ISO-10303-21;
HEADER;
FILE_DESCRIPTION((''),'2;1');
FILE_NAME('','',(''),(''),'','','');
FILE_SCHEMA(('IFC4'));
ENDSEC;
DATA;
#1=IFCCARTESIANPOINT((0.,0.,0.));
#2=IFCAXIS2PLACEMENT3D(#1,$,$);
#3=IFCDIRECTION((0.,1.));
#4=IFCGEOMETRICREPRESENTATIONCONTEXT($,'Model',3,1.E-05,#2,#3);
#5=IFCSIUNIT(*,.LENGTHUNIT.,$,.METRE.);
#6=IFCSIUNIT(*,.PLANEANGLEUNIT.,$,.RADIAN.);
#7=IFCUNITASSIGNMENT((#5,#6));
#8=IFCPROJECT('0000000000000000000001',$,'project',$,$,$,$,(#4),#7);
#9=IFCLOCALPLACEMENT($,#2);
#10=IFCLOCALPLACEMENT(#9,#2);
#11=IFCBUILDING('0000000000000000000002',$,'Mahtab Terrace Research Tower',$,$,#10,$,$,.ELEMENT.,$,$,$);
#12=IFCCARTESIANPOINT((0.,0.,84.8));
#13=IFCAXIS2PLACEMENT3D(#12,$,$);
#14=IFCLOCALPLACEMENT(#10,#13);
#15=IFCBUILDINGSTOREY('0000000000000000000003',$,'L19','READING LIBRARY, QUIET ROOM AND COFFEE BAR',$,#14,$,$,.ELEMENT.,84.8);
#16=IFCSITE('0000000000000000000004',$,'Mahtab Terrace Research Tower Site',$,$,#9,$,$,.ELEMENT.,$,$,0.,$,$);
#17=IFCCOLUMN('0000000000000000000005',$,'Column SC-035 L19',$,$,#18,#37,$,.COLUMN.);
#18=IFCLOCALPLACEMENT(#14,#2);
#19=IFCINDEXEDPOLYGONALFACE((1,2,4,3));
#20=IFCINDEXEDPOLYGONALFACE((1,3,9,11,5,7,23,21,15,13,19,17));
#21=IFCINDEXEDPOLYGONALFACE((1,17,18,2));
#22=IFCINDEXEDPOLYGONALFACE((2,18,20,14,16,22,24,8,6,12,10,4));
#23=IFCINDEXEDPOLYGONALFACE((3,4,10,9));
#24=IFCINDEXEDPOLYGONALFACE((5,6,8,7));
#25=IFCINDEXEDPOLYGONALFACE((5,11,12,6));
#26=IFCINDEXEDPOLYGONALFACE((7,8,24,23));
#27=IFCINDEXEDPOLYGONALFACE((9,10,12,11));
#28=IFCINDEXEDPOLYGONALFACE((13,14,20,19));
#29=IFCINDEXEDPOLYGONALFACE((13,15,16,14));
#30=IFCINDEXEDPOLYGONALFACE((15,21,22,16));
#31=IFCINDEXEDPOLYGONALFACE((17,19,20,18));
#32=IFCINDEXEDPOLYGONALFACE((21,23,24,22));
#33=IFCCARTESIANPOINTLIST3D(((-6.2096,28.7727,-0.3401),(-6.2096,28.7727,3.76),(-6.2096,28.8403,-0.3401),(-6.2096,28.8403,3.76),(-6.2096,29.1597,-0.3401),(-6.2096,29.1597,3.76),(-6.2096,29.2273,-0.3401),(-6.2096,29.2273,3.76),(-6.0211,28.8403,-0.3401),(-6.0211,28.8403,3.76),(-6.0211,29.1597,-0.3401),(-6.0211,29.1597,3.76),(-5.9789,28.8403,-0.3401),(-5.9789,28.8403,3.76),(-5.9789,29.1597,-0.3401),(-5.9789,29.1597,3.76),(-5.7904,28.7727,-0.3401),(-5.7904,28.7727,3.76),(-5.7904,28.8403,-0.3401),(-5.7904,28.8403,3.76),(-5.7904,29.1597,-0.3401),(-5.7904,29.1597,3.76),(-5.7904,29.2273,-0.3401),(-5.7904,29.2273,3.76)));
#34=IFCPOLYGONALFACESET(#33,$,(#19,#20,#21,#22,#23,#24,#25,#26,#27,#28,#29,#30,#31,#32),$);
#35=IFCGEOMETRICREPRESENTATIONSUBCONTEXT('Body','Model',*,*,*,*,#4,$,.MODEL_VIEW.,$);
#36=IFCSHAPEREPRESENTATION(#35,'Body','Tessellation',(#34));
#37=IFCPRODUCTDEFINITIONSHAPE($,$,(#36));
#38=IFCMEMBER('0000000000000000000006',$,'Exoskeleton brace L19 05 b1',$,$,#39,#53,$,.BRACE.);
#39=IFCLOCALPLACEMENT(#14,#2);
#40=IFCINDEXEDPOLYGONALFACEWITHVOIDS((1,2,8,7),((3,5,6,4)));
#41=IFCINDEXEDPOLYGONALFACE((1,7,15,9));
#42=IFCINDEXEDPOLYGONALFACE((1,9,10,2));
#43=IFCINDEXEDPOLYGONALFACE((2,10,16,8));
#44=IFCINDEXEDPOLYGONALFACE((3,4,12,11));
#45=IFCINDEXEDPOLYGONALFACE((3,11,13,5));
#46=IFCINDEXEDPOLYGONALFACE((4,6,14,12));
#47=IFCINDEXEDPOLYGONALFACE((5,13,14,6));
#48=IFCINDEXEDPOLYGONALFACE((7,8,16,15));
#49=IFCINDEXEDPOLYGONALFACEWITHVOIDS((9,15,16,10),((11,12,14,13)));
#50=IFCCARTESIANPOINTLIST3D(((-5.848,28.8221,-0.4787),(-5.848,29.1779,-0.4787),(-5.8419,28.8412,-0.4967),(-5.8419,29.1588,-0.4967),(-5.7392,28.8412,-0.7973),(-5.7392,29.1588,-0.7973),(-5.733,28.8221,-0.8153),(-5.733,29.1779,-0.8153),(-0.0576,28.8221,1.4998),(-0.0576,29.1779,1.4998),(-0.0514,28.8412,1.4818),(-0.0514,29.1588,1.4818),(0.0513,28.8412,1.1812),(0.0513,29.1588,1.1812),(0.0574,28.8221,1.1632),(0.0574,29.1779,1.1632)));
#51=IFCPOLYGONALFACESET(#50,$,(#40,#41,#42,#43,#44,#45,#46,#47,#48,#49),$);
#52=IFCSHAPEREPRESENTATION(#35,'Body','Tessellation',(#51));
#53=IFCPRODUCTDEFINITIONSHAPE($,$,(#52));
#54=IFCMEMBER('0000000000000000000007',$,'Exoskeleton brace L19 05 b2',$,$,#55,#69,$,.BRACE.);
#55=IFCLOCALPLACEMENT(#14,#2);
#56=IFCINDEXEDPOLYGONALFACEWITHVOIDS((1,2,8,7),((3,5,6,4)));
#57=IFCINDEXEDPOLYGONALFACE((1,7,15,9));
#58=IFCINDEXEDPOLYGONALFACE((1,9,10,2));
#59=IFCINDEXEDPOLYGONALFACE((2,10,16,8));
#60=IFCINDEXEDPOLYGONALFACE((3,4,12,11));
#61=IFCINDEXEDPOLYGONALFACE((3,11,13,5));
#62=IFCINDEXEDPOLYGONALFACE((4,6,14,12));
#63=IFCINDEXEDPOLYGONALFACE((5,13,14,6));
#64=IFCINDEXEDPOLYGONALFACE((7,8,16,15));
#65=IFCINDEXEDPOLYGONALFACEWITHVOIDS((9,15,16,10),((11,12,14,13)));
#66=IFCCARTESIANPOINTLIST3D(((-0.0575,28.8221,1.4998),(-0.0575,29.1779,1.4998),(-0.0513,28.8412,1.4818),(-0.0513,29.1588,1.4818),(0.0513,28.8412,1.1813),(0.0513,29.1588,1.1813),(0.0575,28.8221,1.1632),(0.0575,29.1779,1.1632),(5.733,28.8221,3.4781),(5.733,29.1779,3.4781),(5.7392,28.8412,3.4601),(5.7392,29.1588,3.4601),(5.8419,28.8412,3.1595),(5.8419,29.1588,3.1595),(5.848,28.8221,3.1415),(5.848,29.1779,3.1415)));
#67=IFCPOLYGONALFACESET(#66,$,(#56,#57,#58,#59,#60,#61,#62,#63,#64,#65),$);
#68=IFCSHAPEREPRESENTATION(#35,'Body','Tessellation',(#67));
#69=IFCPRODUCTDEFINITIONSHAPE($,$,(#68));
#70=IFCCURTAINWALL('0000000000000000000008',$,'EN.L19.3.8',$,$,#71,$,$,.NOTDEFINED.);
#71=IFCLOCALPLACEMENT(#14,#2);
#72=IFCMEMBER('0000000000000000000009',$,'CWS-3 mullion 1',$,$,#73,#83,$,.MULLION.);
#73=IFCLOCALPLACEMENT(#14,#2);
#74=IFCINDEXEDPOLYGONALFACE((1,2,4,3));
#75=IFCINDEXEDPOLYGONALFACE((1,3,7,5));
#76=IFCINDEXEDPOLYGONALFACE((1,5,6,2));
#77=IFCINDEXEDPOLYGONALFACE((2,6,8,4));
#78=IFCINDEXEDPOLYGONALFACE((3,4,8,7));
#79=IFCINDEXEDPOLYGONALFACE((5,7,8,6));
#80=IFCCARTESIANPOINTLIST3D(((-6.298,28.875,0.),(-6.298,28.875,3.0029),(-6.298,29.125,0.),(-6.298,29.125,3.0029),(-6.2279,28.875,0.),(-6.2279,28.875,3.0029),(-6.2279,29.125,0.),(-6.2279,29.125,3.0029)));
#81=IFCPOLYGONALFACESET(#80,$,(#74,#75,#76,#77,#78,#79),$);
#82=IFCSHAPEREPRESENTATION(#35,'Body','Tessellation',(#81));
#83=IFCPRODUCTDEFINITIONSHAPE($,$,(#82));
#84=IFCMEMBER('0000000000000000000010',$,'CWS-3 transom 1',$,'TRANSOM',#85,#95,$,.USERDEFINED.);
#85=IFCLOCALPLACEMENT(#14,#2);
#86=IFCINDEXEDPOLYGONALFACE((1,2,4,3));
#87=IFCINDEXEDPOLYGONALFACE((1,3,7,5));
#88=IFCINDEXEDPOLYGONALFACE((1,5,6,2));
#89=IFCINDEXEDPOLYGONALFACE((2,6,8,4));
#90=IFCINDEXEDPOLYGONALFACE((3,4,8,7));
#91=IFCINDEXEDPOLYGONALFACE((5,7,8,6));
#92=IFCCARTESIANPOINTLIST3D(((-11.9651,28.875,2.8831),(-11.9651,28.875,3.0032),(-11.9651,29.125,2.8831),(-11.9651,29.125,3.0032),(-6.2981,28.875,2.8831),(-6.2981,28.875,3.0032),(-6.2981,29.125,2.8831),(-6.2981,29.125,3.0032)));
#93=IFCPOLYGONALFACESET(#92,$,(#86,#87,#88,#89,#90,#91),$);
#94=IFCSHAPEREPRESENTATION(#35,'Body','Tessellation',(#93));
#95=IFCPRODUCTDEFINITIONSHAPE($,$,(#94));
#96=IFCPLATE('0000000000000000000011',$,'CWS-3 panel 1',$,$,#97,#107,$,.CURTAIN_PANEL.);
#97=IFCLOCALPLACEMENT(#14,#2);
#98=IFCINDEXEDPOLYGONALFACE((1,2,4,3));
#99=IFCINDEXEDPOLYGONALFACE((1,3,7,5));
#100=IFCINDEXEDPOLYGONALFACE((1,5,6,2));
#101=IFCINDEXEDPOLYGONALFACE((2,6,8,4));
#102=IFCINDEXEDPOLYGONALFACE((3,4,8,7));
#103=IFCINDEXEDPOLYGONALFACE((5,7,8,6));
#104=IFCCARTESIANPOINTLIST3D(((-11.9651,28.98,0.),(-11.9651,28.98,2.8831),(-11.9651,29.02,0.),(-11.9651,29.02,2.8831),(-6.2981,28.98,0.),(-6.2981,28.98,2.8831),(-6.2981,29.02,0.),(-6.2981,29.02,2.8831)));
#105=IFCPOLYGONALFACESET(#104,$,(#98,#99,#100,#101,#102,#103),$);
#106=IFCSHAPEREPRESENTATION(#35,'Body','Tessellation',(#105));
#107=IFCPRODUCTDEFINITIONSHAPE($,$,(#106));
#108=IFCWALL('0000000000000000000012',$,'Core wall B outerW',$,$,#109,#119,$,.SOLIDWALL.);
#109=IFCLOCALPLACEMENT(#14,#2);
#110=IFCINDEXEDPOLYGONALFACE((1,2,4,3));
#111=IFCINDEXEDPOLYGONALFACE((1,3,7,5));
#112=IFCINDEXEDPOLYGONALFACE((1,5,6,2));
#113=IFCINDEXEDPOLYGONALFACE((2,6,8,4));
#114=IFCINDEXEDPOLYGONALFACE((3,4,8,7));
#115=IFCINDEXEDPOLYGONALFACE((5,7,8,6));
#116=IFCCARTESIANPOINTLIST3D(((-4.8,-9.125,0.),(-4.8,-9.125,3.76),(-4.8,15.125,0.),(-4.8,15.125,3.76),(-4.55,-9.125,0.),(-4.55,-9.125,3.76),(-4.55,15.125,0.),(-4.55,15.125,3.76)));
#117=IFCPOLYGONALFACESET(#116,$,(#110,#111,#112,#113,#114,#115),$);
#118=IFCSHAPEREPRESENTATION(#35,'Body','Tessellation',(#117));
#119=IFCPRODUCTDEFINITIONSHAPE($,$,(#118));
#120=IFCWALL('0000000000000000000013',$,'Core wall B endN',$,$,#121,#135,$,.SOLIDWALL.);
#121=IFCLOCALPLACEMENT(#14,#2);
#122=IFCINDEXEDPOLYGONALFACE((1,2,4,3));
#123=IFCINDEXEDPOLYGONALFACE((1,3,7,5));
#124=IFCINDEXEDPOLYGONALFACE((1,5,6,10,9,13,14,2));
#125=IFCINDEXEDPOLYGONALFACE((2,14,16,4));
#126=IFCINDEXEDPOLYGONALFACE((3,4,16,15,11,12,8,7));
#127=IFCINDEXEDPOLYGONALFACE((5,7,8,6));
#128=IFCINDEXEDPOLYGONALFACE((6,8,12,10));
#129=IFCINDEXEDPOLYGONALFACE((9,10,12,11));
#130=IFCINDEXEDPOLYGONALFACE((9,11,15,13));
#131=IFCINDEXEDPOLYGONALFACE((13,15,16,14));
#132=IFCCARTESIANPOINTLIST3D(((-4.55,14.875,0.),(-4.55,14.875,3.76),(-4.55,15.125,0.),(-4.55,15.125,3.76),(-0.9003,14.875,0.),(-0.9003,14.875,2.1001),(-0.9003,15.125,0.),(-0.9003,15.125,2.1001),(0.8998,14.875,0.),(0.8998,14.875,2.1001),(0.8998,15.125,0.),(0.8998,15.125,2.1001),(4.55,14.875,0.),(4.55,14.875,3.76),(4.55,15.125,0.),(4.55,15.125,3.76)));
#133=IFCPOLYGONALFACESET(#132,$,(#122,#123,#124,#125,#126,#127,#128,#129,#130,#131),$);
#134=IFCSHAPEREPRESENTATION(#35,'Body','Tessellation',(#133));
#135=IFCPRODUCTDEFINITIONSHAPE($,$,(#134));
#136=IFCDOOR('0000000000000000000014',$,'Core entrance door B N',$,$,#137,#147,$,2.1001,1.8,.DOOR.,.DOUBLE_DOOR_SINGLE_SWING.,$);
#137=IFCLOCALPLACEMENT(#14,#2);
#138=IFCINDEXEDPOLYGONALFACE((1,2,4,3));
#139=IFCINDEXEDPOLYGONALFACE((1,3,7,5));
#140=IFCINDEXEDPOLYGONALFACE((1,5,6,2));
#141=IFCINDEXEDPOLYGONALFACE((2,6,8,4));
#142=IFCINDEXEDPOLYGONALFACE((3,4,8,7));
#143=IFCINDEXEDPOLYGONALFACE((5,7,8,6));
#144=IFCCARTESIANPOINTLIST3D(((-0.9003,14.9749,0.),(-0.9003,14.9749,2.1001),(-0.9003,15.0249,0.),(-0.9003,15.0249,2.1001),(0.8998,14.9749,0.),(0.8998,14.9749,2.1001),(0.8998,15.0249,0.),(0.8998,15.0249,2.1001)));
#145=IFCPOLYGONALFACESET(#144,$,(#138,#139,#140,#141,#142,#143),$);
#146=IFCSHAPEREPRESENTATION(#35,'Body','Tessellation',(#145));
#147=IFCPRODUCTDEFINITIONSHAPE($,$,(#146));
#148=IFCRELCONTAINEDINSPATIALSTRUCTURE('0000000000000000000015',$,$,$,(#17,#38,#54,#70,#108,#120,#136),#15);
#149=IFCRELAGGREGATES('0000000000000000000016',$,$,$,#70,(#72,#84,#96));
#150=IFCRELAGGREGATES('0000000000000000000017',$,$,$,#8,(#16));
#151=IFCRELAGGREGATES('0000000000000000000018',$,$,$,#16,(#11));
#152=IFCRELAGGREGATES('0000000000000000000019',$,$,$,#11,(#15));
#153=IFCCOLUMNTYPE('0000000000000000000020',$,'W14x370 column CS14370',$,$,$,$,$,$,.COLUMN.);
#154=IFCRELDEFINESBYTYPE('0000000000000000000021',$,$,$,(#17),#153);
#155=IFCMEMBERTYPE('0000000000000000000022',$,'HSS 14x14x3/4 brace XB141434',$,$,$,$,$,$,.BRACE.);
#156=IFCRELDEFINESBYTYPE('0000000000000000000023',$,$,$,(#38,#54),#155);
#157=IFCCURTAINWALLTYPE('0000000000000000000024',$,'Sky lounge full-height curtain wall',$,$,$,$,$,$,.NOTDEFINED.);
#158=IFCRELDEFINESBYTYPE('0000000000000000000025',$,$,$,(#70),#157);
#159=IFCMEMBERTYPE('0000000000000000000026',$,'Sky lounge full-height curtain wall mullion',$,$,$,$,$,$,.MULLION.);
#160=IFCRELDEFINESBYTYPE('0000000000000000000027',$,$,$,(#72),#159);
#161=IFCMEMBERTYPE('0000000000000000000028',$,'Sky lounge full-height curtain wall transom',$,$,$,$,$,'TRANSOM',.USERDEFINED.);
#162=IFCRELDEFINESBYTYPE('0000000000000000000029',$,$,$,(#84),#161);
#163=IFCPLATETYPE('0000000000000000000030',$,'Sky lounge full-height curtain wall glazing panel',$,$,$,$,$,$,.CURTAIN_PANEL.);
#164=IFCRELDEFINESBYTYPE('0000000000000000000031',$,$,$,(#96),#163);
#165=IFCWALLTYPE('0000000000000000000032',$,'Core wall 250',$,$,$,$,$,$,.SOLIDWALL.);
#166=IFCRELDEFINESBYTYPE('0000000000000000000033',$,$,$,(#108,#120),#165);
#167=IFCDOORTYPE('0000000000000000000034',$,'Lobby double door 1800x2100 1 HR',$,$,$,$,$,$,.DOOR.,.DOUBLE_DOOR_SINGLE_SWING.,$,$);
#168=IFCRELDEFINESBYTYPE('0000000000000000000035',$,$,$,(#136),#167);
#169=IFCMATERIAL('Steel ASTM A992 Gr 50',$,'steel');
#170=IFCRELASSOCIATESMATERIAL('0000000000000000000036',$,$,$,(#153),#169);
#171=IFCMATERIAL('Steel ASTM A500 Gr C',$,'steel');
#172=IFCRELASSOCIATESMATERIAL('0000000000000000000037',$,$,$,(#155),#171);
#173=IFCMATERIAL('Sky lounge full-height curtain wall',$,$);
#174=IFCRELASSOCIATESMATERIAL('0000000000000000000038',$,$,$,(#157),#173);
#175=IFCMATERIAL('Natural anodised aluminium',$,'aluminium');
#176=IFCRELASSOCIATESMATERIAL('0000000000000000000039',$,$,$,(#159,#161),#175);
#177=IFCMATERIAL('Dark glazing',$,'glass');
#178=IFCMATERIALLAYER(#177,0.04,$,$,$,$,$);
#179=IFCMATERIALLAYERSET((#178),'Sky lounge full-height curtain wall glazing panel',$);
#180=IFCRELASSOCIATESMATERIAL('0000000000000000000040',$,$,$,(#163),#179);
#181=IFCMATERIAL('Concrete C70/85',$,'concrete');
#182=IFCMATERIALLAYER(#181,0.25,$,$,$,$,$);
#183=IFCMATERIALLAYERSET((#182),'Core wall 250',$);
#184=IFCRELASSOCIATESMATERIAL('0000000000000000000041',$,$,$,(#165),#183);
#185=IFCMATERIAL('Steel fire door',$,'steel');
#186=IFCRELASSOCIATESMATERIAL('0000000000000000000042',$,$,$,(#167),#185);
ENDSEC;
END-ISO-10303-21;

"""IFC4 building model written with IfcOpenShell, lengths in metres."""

from ifc_helpers import new_model, si_unit, direction, frame, frame_2d, origin, origin_2d, place, context, subcontext, project, spatial, rectangle, hollow_rectangle, i_section, extrude, material, layer, layer_set, material_profile, profile_set, type_object, element, fill, aggregate, save


model = new_model("IFC4")

# Units and contexts
model_context = context("Model", 3, precision=1e-05, world=origin(), true_north=direction((0.0, 1.0)))
body_context = subcontext(model_context, "Body", "Model", "MODEL_VIEW")
ifc_project = project(units=[si_unit("LENGTHUNIT", "METRE"), si_unit("PLANEANGLEUNIT", "RADIAN")], contexts=[model_context])

# Site, building, storey
site_placement = place(None, origin())
site = spatial("IfcSite", under=ifc_project, at=site_placement, Name="Mahtab Terrace Research Tower Site", CompositionType="ELEMENT", RefElevation=0.0)
building_placement = place(site_placement, origin())
building = spatial("IfcBuilding", under=site, at=building_placement, Name="Mahtab Terrace Research Tower", CompositionType="ELEMENT")
storey_placement = place(building_placement, frame((0.0, 0.0, 84.8)))
storey = spatial("IfcBuildingStorey", under=building, at=storey_placement, Name="L19", Description="READING LIBRARY, QUIET ROOM AND COFFEE BAR", CompositionType="ELEMENT", Elevation=84.8)

# Column
ifc_material_1 = material(Name="Steel ASTM A992 Gr 50", Category="steel")
ifc_material_profile_1 = material_profile(ifc_material_1, i_section(OverallWidth=0.4192, OverallDepth=0.4546, WebThickness=0.0422, FlangeThickness=0.0676, at=origin_2d()), Name="W14X370")
ifc_profile_set_1 = profile_set([ifc_material_profile_1], Name="Steel ASTM A992 Gr 50")
column_type = type_object("IfcColumnType", Name="W14x370 column CS14370", PredefinedType="COLUMN", material=ifc_profile_set_1)
column_placement = place(storey_placement, frame((-6.0, 29.0, -0.3401), z_axis=(0.0, 0.0, 1.0), x_axis=(1.0, 0.0, 0.0)))
element("IfcColumn", 1, at=column_placement, inside=storey, type_object=column_type, Name="Column SC-035 L19", PredefinedType="COLUMN", context=body_context, shape_type="SweptSolid", body=[
    extrude(i_section(OverallWidth=0.4192, OverallDepth=0.4546, WebThickness=0.0422, FlangeThickness=0.0676, at=origin_2d()), origin(), (0.0, 0.0, 1.0), 4.1001),
])

# Members
ifc_material_2 = material(Name="Steel ASTM A500 Gr C", Category="steel")
ifc_material_profile_2 = material_profile(ifc_material_2, hollow_rectangle(XDim=0.3557, YDim=0.3557, WallThickness=0.019, at=origin_2d()), Name="HSS14X14X3/4")
ifc_profile_set_2 = profile_set([ifc_material_profile_2], Name="Steel ASTM A500 Gr C")
member_type_1 = type_object("IfcMemberType", Name="HSS 14x14x3/4 brace XB141434", PredefinedType="BRACE", material=ifc_profile_set_2)
for number, where, z_axis, x_axis, name in (
    (2, (-5.7905, 29.0, -0.647), (0.946287, 0.0, 0.323329), (0.0, 1.0, 0.0), "Exoskeleton brace L19 05 b1"),
    (3, (0.0, 29.0, 1.3315), (0.946299, 0.0, 0.323293), (0.0, 1.0, 0.0), "Exoskeleton brace L19 05 b2"),
):
    element("IfcMember", number, at=place(storey_placement, frame(where, z_axis=z_axis, x_axis=x_axis)), inside=storey, type_object=member_type_1, Name=name, PredefinedType="BRACE", context=body_context, shape_type="SweptSolid", body=[
        extrude(hollow_rectangle(XDim=0.3557, YDim=0.3557, WallThickness=0.019, at=origin_2d()), origin(), (0.0, 0.0, 1.0), 6.1191),
    ])

# Curtain wall, members, plate
ifc_material_3 = material(Name="Sky lounge full-height curtain wall")
curtain_wall_type = type_object("IfcCurtainWallType", Name="Sky lounge full-height curtain wall", PredefinedType="NOTDEFINED", material=ifc_material_3)
curtain_wall_placement = place(storey_placement, origin())
curtain_wall = element("IfcCurtainWall", 4, at=curtain_wall_placement, inside=storey, type_object=curtain_wall_type, Name="EN.L19.3.8", PredefinedType="NOTDEFINED")
ifc_material_4 = material(Name="Natural anodised aluminium", Category="aluminium")
ifc_material_profile_3 = material_profile(ifc_material_4, rectangle(XDim=0.25, YDim=0.0701, at=origin_2d()), Name="MULLION 70x250")
ifc_profile_set_3 = profile_set([ifc_material_profile_3], Name="Natural anodised aluminium")
member_type_2 = type_object("IfcMemberType", Name="Sky lounge full-height curtain wall mullion", PredefinedType="MULLION", material=ifc_profile_set_3)
member_1_placement = place(storey_placement, frame((-6.2629, 29.0, 0.0), z_axis=(0.0, 0.0, 1.0), x_axis=(0.0, -1.0, 0.0)))
member_1 = element("IfcMember", 5, at=member_1_placement, type_object=member_type_2, Name="CWS-3 mullion 1", PredefinedType="MULLION", context=body_context, shape_type="SweptSolid", body=[
    extrude(rectangle(XDim=0.25, YDim=0.0701, at=origin_2d()), origin(), (0.0, 0.0, 1.0), 3.0029),
])
ifc_material_profile_4 = material_profile(ifc_material_4, rectangle(XDim=0.25, YDim=0.1201, at=origin_2d()), Name="TRANSOM 120x250")
ifc_profile_set_4 = profile_set([ifc_material_profile_4], Name="Natural anodised aluminium")
member_type_3 = type_object("IfcMemberType", Name="Sky lounge full-height curtain wall transom", ElementType="TRANSOM", PredefinedType="USERDEFINED", material=ifc_profile_set_4)
member_2_placement = place(storey_placement, frame((-6.2981, 29.0, 2.9431), z_axis=(-1.0, 0.0, 0.0), x_axis=(0.0, -1.0, 0.0)))
member_2 = element("IfcMember", 6, at=member_2_placement, type_object=member_type_3, Name="CWS-3 transom 1", ObjectType="TRANSOM", PredefinedType="USERDEFINED", context=body_context, shape_type="SweptSolid", body=[
    extrude(rectangle(XDim=0.25, YDim=0.1201, at=origin_2d()), origin(), (0.0, 0.0, 1.0), 5.667),
])
ifc_material_5 = material(Name="Dark glazing", Category="glass")
ifc_layer_1 = layer(ifc_material_5, 0.04)
ifc_layer_set_1 = layer_set([ifc_layer_1], Name="Sky lounge full-height curtain wall glazing panel")
plate_type = type_object("IfcPlateType", Name="Sky lounge full-height curtain wall glazing panel", PredefinedType="CURTAIN_PANEL", material=ifc_layer_set_1)
plate_placement = place(storey_placement, frame((-9.1316, 29.0, 0.0), z_axis=(0.0, 0.0, 1.0), x_axis=(-1.0, 0.0, 0.0)))
plate = element("IfcPlate", 7, at=plate_placement, type_object=plate_type, Name="CWS-3 panel 1", PredefinedType="CURTAIN_PANEL", context=body_context, shape_type="SweptSolid", body=[
    extrude(rectangle(XDim=5.667, YDim=0.04, at=origin_2d()), origin(), (0.0, 0.0, 1.0), 2.8831),
])
aggregate(curtain_wall, [member_1, member_2, plate])

# Wall
ifc_material_6 = material(Name="Concrete C70/85", Category="concrete")
ifc_layer_2 = layer(ifc_material_6, 0.25)
ifc_layer_set_2 = layer_set([ifc_layer_2], Name="Core wall 250")
wall_type_1 = type_object("IfcWallType", Name="Core wall 250", PredefinedType="SOLIDWALL", material=ifc_layer_set_2)
wall_1_placement = place(storey_placement, frame((-4.675, 15.125, 0.0), z_axis=(0.0, 0.0, 1.0), x_axis=(0.0, -1.0, 0.0)))
element("IfcWall", 8, at=wall_1_placement, inside=storey, type_object=wall_type_1, Name="Core wall B outerW", PredefinedType="SOLIDWALL", context=body_context, shape_type="SweptSolid", body=[
    extrude(rectangle(XDim=24.25, YDim=0.25, at=frame_2d((12.125, 0.0))), origin(), (0.0, 0.0, 1.0), 3.76),
])

# Wall, opening, door
wall_2_placement = place(storey_placement, frame((-4.55, 15.0, 0.0), z_axis=(0.0, 0.0, 1.0), x_axis=(1.0, 0.0, 0.0)))
wall_2 = element("IfcWall", 9, at=wall_2_placement, inside=storey, type_object=wall_type_1, Name="Core wall B endN", PredefinedType="SOLIDWALL", context=body_context, shape_type="SweptSolid", body=[
    extrude(rectangle(XDim=9.1001, YDim=0.25, at=frame_2d((4.55, 0.0))), origin(), (0.0, 0.0, 1.0), 3.76),
])
opening_1_placement = place(wall_2_placement, frame((3.6499, 0.0, 0.0)))
opening_1 = element("IfcOpeningElement", 10, at=opening_1_placement, cuts=wall_2, PredefinedType="OPENING", context=body_context, shape_type="SweptSolid", body=[
    extrude(rectangle(XDim=1.8, YDim=2.1001, at=frame_2d((0.8999, 1.05))), frame((0.0, 0.135, 0.0), z_axis=(0.0, -1.0, 0.0), x_axis=(1.0, 0.0, 0.0)), (0.0, 0.0, 1.0), 0.27),
])
ifc_material_7 = material(Name="Steel fire door", Category="steel")
door_type_1 = type_object("IfcDoorType", Name="Lobby double door 1800x2100 1 HR", OperationType="DOUBLE_DOOR_SINGLE_SWING", PredefinedType="DOOR", material=ifc_material_7)
door_1_placement = place(opening_1_placement, origin())
door_1 = element("IfcDoor", 11, at=door_1_placement, inside=storey, type_object=door_type_1, Name="Core entrance door B N", OperationType="DOUBLE_DOOR_SINGLE_SWING", OverallHeight=2.1001, OverallWidth=1.8, PredefinedType="DOOR", context=body_context, shape_type="SweptSolid", body=[
    extrude(rectangle(XDim=1.8, YDim=2.1001, at=frame_2d((0.8999, 1.05))), frame((0.0, 0.0249, 0.0), z_axis=(0.0, -1.0, 0.0), x_axis=(1.0, 0.0, 0.0)), (0.0, 0.0, 1.0), 0.05),
])
fill(opening_1, door_1)

save(model, "model.ifc")
